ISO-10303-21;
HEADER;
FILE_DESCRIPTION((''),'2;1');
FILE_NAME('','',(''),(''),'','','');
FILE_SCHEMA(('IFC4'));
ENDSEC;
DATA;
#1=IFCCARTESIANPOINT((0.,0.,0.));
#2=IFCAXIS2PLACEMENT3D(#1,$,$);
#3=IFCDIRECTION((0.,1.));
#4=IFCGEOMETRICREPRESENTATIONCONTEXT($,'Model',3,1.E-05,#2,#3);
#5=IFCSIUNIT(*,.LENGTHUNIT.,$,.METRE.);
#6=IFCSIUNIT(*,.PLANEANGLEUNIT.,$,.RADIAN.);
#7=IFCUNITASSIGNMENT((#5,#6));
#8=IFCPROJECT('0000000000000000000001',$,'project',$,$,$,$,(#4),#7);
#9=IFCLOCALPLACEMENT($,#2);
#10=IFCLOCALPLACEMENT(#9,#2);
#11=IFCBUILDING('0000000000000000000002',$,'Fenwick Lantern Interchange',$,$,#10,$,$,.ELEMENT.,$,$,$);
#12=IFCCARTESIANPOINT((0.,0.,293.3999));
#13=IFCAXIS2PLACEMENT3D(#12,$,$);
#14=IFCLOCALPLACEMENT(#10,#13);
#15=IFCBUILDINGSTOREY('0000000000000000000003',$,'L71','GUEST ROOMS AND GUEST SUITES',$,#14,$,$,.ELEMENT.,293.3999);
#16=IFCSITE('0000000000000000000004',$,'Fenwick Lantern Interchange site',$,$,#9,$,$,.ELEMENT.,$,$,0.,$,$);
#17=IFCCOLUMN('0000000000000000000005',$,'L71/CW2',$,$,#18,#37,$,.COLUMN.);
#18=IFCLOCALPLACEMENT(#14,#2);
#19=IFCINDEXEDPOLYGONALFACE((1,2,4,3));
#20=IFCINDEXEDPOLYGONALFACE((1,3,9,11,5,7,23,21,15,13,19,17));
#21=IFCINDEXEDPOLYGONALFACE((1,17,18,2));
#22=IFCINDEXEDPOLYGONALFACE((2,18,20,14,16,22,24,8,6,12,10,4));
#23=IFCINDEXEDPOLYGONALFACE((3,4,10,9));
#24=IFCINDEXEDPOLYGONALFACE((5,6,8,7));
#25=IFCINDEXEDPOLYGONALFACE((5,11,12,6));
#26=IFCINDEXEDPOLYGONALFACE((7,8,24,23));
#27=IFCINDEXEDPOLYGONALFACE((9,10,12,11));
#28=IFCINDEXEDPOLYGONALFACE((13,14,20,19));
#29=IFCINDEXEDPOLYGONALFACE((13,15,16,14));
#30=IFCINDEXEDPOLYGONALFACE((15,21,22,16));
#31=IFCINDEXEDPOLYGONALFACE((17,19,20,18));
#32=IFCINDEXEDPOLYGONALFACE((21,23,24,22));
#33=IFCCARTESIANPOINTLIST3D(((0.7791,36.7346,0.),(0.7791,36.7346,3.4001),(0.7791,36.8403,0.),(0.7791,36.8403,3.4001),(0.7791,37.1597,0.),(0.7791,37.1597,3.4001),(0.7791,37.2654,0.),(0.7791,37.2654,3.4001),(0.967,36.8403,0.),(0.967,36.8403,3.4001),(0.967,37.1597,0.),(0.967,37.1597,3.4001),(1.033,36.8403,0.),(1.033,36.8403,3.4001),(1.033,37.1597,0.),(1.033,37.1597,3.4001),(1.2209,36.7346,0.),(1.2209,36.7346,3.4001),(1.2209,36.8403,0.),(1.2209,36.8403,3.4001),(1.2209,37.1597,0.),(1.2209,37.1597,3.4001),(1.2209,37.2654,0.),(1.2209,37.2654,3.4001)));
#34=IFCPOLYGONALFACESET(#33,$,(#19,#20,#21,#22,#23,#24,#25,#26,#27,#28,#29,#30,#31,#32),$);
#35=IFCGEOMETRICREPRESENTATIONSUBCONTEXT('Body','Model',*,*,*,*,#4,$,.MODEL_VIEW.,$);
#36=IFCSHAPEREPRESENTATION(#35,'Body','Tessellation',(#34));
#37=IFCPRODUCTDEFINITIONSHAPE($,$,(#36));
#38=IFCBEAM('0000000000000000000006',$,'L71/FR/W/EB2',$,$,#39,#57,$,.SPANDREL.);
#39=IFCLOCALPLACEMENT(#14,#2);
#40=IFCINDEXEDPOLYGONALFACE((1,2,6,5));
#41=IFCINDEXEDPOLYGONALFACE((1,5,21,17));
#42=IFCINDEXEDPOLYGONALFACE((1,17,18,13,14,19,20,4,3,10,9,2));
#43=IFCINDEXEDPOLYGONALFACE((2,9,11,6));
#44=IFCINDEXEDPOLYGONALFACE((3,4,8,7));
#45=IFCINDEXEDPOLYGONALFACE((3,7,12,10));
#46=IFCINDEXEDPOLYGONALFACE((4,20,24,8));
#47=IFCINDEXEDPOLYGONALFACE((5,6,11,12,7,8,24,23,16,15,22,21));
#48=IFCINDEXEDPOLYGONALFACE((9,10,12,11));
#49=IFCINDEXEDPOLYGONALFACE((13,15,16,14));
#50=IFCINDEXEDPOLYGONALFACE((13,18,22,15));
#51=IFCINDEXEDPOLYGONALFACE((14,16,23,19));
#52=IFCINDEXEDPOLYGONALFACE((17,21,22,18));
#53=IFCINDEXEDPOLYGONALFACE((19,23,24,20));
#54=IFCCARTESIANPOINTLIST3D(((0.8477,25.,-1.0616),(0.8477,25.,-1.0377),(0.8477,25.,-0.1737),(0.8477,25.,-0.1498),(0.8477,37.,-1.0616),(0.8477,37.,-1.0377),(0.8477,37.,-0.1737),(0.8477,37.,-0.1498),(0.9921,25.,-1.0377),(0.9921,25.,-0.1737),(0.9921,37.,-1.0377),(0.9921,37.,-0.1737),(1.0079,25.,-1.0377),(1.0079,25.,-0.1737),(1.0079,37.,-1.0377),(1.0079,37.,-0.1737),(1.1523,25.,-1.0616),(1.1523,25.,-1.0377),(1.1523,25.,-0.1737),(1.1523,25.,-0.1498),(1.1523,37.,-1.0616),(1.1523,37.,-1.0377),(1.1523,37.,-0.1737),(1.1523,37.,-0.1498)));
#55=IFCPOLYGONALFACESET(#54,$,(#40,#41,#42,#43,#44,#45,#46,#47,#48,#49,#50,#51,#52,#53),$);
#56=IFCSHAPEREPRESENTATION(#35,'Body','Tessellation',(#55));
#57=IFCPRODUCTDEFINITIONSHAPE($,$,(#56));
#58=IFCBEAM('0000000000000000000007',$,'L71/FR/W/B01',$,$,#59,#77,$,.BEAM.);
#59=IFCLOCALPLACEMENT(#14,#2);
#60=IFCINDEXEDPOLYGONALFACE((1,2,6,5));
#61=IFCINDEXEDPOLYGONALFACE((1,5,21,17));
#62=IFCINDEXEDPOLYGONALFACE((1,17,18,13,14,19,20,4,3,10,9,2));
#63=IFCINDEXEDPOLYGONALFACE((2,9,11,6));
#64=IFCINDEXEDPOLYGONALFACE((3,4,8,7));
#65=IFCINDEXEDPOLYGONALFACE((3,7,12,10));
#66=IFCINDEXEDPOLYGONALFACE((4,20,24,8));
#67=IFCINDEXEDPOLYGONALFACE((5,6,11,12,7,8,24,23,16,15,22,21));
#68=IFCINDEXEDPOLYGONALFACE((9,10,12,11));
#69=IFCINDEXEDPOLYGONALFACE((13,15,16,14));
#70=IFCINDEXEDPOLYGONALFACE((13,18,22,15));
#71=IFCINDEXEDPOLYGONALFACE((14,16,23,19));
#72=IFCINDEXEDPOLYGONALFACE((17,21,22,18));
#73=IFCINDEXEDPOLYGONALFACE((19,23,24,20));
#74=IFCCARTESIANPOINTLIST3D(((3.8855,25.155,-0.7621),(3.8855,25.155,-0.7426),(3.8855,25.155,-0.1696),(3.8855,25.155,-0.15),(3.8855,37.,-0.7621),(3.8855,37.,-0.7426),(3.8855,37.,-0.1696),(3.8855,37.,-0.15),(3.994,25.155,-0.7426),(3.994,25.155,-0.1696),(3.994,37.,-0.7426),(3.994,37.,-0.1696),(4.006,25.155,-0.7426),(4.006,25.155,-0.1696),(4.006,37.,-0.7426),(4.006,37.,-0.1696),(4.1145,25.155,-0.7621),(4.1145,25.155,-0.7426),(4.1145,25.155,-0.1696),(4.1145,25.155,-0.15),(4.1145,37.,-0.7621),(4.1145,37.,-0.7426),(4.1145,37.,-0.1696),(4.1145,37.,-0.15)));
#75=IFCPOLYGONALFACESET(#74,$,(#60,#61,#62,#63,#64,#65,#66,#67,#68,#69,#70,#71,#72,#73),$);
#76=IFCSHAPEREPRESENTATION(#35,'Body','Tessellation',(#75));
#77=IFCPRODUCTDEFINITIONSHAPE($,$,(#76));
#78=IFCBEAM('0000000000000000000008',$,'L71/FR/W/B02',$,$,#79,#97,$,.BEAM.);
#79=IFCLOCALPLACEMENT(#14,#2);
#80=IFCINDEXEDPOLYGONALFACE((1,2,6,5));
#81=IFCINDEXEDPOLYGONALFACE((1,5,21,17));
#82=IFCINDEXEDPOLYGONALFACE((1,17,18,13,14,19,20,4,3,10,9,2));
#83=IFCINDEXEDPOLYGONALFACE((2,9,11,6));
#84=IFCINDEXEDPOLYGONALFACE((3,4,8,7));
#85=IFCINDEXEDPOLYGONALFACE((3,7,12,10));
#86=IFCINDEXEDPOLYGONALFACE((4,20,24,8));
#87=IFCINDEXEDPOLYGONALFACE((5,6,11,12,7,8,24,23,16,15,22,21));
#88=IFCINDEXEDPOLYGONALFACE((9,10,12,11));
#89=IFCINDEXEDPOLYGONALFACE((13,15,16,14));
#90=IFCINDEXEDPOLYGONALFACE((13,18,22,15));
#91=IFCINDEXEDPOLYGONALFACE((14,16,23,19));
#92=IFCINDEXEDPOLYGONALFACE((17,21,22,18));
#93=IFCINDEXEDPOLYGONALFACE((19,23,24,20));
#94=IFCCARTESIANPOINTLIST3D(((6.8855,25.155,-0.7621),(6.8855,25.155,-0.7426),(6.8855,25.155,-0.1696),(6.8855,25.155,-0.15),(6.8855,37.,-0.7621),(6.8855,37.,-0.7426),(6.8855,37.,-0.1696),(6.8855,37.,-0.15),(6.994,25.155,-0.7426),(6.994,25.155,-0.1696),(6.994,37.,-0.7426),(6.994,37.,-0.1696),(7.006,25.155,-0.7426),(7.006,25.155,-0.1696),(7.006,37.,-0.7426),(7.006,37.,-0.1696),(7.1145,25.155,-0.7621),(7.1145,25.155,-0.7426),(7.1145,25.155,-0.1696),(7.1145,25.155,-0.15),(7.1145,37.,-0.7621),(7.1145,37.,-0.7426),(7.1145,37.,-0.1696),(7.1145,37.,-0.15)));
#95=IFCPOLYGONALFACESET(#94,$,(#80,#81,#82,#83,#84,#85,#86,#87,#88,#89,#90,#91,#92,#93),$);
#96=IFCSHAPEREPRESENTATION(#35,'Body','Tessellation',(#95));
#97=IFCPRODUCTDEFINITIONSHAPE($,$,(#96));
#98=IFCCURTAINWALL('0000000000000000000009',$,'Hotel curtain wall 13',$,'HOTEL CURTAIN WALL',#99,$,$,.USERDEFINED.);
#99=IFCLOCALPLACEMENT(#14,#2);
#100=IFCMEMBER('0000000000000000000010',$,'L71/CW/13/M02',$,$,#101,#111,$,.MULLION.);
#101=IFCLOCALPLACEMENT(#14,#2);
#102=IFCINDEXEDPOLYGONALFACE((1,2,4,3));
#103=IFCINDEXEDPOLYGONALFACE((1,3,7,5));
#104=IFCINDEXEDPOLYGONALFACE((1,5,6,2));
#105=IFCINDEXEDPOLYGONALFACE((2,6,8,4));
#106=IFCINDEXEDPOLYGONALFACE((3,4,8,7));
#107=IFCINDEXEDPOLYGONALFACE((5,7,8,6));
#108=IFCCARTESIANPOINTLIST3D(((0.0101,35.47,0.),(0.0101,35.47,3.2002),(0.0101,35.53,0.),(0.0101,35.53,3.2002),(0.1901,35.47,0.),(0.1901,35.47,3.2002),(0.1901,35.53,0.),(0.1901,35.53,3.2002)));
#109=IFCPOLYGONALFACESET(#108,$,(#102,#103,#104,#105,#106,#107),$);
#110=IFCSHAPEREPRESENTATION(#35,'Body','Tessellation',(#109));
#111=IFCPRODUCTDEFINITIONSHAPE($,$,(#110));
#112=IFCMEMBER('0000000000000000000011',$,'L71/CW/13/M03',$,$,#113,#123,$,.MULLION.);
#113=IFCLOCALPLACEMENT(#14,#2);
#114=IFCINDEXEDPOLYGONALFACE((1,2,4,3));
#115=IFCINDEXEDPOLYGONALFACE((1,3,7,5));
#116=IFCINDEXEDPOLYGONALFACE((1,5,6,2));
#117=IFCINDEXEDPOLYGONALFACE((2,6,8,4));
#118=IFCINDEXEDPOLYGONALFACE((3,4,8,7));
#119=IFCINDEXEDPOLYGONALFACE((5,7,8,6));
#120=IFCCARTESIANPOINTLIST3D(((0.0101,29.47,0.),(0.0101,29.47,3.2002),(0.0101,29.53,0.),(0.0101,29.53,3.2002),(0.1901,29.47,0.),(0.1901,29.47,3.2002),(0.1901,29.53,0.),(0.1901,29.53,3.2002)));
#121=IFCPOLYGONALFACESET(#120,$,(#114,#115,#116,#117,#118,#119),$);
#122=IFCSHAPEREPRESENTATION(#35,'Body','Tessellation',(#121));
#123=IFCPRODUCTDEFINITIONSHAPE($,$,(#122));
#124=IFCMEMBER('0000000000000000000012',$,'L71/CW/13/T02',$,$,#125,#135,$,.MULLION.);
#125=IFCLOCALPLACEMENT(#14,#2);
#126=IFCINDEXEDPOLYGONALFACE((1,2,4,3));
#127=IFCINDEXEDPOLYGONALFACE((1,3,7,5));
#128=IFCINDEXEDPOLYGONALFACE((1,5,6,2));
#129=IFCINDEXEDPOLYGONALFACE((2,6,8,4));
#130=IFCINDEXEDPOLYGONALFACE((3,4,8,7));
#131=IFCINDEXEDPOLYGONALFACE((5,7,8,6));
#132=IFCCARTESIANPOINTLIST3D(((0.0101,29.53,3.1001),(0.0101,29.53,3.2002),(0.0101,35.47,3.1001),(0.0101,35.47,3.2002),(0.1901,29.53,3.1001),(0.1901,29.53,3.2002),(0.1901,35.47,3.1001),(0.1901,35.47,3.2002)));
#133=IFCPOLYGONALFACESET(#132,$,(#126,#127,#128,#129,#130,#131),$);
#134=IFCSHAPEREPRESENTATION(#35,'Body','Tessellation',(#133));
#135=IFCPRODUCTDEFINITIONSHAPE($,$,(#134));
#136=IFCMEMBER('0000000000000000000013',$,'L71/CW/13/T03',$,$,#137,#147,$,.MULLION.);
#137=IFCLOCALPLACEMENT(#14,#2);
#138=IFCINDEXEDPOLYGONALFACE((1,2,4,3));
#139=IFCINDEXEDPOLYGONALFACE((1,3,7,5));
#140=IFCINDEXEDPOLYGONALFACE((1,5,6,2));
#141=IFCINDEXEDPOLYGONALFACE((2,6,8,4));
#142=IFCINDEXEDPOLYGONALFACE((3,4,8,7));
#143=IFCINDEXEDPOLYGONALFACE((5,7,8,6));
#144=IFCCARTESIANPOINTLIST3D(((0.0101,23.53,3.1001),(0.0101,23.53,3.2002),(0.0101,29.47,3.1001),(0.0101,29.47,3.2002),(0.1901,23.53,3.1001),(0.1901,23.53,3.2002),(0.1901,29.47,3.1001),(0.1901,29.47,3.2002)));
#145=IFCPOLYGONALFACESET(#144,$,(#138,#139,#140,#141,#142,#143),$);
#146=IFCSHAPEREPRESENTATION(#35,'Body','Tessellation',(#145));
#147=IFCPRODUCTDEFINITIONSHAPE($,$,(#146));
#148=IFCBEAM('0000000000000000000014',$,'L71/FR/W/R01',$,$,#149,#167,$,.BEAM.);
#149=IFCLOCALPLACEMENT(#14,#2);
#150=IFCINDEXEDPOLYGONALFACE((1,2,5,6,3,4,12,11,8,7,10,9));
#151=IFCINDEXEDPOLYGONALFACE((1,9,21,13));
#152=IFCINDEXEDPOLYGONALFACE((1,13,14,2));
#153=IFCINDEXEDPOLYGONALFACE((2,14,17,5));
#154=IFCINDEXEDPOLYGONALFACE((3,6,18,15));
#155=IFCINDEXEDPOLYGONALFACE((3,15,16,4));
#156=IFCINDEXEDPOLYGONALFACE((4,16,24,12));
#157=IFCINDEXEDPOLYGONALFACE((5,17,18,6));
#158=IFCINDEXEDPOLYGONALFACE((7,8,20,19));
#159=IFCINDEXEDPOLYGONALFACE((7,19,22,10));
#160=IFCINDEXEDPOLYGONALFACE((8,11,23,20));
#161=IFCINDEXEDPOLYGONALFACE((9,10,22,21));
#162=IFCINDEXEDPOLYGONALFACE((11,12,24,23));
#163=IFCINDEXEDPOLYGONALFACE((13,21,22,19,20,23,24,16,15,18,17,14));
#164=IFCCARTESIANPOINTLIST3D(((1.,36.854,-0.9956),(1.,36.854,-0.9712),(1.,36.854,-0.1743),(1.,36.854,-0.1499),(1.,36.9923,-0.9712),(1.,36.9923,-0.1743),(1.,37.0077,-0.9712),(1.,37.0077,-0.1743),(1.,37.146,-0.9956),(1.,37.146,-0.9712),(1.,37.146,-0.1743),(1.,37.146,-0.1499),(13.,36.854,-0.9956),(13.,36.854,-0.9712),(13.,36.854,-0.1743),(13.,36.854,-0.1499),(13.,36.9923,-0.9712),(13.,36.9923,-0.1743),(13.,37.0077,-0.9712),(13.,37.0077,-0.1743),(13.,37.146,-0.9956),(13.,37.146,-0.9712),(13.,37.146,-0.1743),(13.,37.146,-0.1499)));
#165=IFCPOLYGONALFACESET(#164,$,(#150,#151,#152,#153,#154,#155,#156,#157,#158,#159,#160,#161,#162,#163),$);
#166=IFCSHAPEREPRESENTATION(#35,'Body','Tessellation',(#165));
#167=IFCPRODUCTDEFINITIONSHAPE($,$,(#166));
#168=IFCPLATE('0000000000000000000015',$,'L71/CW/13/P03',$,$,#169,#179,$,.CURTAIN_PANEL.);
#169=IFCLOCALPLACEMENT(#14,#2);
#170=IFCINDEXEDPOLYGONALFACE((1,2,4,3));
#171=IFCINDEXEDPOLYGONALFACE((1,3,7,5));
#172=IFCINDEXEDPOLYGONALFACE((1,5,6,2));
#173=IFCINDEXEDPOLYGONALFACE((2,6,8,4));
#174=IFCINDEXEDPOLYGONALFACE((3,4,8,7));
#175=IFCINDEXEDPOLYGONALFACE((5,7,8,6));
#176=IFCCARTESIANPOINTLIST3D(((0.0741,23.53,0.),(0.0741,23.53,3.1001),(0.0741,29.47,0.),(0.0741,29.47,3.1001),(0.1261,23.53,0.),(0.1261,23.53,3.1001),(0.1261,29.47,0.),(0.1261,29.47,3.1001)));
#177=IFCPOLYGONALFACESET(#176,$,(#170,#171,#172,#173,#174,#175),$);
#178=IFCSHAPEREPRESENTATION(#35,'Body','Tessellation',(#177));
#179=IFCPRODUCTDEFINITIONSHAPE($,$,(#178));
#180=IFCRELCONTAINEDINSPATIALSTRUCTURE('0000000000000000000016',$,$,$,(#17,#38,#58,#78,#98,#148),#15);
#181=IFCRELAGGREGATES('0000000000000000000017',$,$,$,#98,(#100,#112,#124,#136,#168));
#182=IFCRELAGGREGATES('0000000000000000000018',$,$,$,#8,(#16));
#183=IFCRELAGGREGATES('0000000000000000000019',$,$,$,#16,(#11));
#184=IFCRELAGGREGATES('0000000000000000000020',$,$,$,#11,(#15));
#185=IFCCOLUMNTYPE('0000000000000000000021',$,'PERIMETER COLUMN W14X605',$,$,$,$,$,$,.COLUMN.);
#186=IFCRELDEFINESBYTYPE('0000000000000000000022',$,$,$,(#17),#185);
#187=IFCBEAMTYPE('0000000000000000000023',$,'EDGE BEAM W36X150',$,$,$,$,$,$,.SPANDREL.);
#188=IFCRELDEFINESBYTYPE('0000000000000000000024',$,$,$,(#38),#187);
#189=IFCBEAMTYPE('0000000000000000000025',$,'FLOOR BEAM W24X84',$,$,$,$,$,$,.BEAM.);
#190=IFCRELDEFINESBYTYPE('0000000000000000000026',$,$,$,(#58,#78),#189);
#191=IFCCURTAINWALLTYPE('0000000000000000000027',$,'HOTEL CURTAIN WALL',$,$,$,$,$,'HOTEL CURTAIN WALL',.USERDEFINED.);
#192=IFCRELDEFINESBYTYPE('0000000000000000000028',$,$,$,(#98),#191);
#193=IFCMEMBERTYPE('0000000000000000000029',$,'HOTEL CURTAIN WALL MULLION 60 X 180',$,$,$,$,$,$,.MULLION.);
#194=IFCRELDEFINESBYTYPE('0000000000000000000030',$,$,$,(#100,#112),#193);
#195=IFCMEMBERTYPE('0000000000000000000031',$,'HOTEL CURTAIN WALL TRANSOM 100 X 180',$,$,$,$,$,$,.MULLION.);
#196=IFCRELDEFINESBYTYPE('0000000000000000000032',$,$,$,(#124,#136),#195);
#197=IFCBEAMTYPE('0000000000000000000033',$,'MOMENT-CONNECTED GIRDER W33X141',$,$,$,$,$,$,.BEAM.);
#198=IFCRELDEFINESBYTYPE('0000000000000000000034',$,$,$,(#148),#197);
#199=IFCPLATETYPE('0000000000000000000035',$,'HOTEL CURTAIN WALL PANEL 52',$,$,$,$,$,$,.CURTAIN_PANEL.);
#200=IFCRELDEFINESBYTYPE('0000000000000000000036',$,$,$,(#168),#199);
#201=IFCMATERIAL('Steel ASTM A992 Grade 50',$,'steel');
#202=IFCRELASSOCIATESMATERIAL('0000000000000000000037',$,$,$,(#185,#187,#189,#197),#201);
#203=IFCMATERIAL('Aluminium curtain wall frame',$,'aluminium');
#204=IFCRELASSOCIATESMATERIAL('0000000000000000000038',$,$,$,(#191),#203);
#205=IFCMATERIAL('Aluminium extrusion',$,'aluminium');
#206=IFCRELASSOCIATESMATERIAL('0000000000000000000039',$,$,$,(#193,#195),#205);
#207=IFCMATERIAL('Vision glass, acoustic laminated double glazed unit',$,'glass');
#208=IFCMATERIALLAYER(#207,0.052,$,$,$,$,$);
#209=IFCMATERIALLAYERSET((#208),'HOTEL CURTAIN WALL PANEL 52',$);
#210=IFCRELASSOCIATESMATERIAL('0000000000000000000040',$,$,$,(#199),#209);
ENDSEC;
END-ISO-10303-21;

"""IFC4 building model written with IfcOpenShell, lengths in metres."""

from ifc_helpers import new_model, si_unit, direction, frame, origin, origin_2d, place, context, subcontext, project, spatial, rectangle, i_section, extrude, material, layer, layer_set, material_profile, profile_set, type_object, element, aggregate, save


model = new_model("IFC4")

# Units and contexts
model_context = context("Model", 3, precision=1e-05, world=origin(), true_north=direction((0.0, 1.0)))
body_context = subcontext(model_context, "Body", "Model", "MODEL_VIEW")
ifc_project = project(units=[si_unit("LENGTHUNIT", "METRE"), si_unit("PLANEANGLEUNIT", "RADIAN")], contexts=[model_context])

# Site, building, storey
site_placement = place(None, origin())
site = spatial("IfcSite", under=ifc_project, at=site_placement, Name="Fenwick Lantern Interchange site", CompositionType="ELEMENT", RefElevation=0.0)
building_placement = place(site_placement, origin())
building = spatial("IfcBuilding", under=site, at=building_placement, Name="Fenwick Lantern Interchange", CompositionType="ELEMENT")
storey_placement = place(building_placement, frame((0.0, 0.0, 293.3999)))
storey = spatial("IfcBuildingStorey", under=building, at=storey_placement, Name="L71", Description="GUEST ROOMS AND GUEST SUITES", CompositionType="ELEMENT", Elevation=293.3999)

# Column
ifc_material_1 = material(Name="Steel ASTM A992 Grade 50", Category="steel")
ifc_material_profile_1 = material_profile(ifc_material_1, i_section(OverallWidth=0.4419, OverallDepth=0.5308, WebThickness=0.0659, FlangeThickness=0.1057, at=origin_2d()), Name="W14X605")
ifc_profile_set_1 = profile_set([ifc_material_profile_1], Name="Steel ASTM A992 Grade 50")
column_type = type_object("IfcColumnType", Name="PERIMETER COLUMN W14X605", PredefinedType="COLUMN", material=ifc_profile_set_1)
column_placement = place(storey_placement, frame((1.0, 37.0, 0.0), z_axis=(0.0, 0.0, 1.0), x_axis=(1.0, 0.0, 0.0)))
element("IfcColumn", 1, at=column_placement, inside=storey, type_object=column_type, Name="L71/CW2", PredefinedType="COLUMN", context=body_context, shape_type="SweptSolid", body=[
    extrude(i_section(OverallWidth=0.4419, OverallDepth=0.5308, WebThickness=0.0659, FlangeThickness=0.1057, at=origin_2d()), origin(), (0.0, 0.0, 1.0), 3.4001),
])

# Beams
ifc_material_profile_2 = material_profile(ifc_material_1, i_section(OverallWidth=0.3047, OverallDepth=0.9119, WebThickness=0.0159, FlangeThickness=0.0239, at=origin_2d()), Name="W36X150")
ifc_profile_set_2 = profile_set([ifc_material_profile_2], Name="Steel ASTM A992 Grade 50")
beam_type_1 = type_object("IfcBeamType", Name="EDGE BEAM W36X150", PredefinedType="SPANDREL", material=ifc_profile_set_2)
beam_1_placement = place(storey_placement, frame((1.0, 37.0, -0.6057), z_axis=(0.0, -1.0, 0.0), x_axis=(1.0, 0.0, 0.0)))
element("IfcBeam", 2, at=beam_1_placement, inside=storey, type_object=beam_type_1, Name="L71/FR/W/EB2", PredefinedType="SPANDREL", context=body_context, shape_type="SweptSolid", body=[
    extrude(i_section(OverallWidth=0.3047, OverallDepth=0.9119, WebThickness=0.0159, FlangeThickness=0.0239, at=origin_2d()), origin(), (0.0, 0.0, 1.0), 12.0),
])
ifc_material_profile_3 = material_profile(ifc_material_1, i_section(OverallWidth=0.229, OverallDepth=0.6121, WebThickness=0.012, FlangeThickness=0.0195, at=origin_2d()), Name="W24X84")
ifc_profile_set_3 = profile_set([ifc_material_profile_3], Name="Steel ASTM A992 Grade 50")
beam_type_2 = type_object("IfcBeamType", Name="FLOOR BEAM W24X84", PredefinedType="BEAM", material=ifc_profile_set_3)
for number, where, z_axis, x_axis, name in (
    (3, (4.0, 37.0, -0.4561), (0.0, -1.0, 0.0), (1.0, 0.0, 0.0), "L71/FR/W/B01"),
    (4, (7.0, 37.0, -0.4561), (0.0, -1.0, 0.0), (1.0, 0.0, 0.0), "L71/FR/W/B02"),
):
    element("IfcBeam", number, at=place(storey_placement, frame(where, z_axis=z_axis, x_axis=x_axis)), inside=storey, type_object=beam_type_2, Name=name, PredefinedType="BEAM", context=body_context, shape_type="SweptSolid", body=[
        extrude(i_section(OverallWidth=0.229, OverallDepth=0.6121, WebThickness=0.012, FlangeThickness=0.0195, at=origin_2d()), origin(), (0.0, 0.0, 1.0), 11.845),
    ])

# Curtain wall, members
ifc_material_2 = material(Name="Aluminium curtain wall frame", Category="aluminium")
curtain_wall_type = type_object("IfcCurtainWallType", Name="HOTEL CURTAIN WALL", ElementType="HOTEL CURTAIN WALL", PredefinedType="USERDEFINED", material=ifc_material_2)
curtain_wall_placement = place(storey_placement, origin())
curtain_wall = element("IfcCurtainWall", 5, at=curtain_wall_placement, inside=storey, type_object=curtain_wall_type, Name="Hotel curtain wall 13", ObjectType="HOTEL CURTAIN WALL", PredefinedType="USERDEFINED")
ifc_material_3 = material(Name="Aluminium extrusion", Category="aluminium")
ifc_material_profile_4 = material_profile(ifc_material_3, rectangle(XDim=0.1799, YDim=0.0601, at=origin_2d()), Name="HOTEL CURTAIN WALL MULLION 60 X 180")
ifc_profile_set_4 = profile_set([ifc_material_profile_4], Name="Aluminium extrusion")
member_type_1 = type_object("IfcMemberType", Name="HOTEL CURTAIN WALL MULLION 60 X 180", PredefinedType="MULLION", material=ifc_profile_set_4)
member_1_placement = place(storey_placement, frame((0.1001, 35.5, 0.0), z_axis=(0.0, 0.0, 1.0), x_axis=(1.0, 0.0, 0.0)))
member_1 = element("IfcMember", 6, at=member_1_placement, type_object=member_type_1, Name="L71/CW/13/M02", PredefinedType="MULLION", context=body_context, shape_type="SweptSolid", body=[
    extrude(rectangle(XDim=0.1799, YDim=0.0601, at=origin_2d()), origin(), (0.0, 0.0, 1.0), 3.2002),
])
member_2_placement = place(storey_placement, frame((0.1001, 29.5, 0.0), z_axis=(0.0, 0.0, 1.0), x_axis=(1.0, 0.0, 0.0)))
member_2 = element("IfcMember", 7, at=member_2_placement, type_object=member_type_1, Name="L71/CW/13/M03", PredefinedType="MULLION", context=body_context, shape_type="SweptSolid", body=[
    extrude(rectangle(XDim=0.1799, YDim=0.0601, at=origin_2d()), origin(), (0.0, 0.0, 1.0), 3.2002),
])
ifc_material_profile_5 = material_profile(ifc_material_3, rectangle(XDim=0.1799, YDim=0.1001, at=origin_2d()), Name="HOTEL CURTAIN WALL TRANSOM 100 X 180")
ifc_profile_set_5 = profile_set([ifc_material_profile_5], Name="Aluminium extrusion")
member_type_2 = type_object("IfcMemberType", Name="HOTEL CURTAIN WALL TRANSOM 100 X 180", PredefinedType="MULLION", material=ifc_profile_set_5)
member_3_placement = place(storey_placement, frame((0.1001, 35.47, 3.1501), z_axis=(0.0, -1.0, 0.0), x_axis=(1.0, 0.0, 0.0)))
member_3 = element("IfcMember", 8, at=member_3_placement, type_object=member_type_2, Name="L71/CW/13/T02", PredefinedType="MULLION", context=body_context, shape_type="SweptSolid", body=[
    extrude(rectangle(XDim=0.1799, YDim=0.1001, at=origin_2d()), origin(), (0.0, 0.0, 1.0), 5.9399),
])
member_4_placement = place(storey_placement, frame((0.1001, 29.47, 3.1501), z_axis=(0.0, -1.0, 0.0), x_axis=(1.0, 0.0, 0.0)))
member_4 = element("IfcMember", 9, at=member_4_placement, type_object=member_type_2, Name="L71/CW/13/T03", PredefinedType="MULLION", context=body_context, shape_type="SweptSolid", body=[
    extrude(rectangle(XDim=0.1799, YDim=0.1001, at=origin_2d()), origin(), (0.0, 0.0, 1.0), 5.9399),
])

# Beam
ifc_material_profile_6 = material_profile(ifc_material_1, i_section(OverallWidth=0.292, OverallDepth=0.8457, WebThickness=0.0154, FlangeThickness=0.0244, at=origin_2d()), Name="W33X141")
ifc_profile_set_6 = profile_set([ifc_material_profile_6], Name="Steel ASTM A992 Grade 50")
beam_type_3 = type_object("IfcBeamType", Name="MOMENT-CONNECTED GIRDER W33X141", PredefinedType="BEAM", material=ifc_profile_set_6)
beam_2_placement = place(storey_placement, frame((1.0, 37.0, -0.5728), z_axis=(1.0, 0.0, 0.0), x_axis=(0.0, 1.0, 0.0)))
element("IfcBeam", 10, at=beam_2_placement, inside=storey, type_object=beam_type_3, Name="L71/FR/W/R01", PredefinedType="BEAM", context=body_context, shape_type="SweptSolid", body=[
    extrude(i_section(OverallWidth=0.292, OverallDepth=0.8457, WebThickness=0.0154, FlangeThickness=0.0244, at=origin_2d()), origin(), (0.0, 0.0, 1.0), 12.0),
])

# Plate
ifc_material_4 = material(Name="Vision glass, acoustic laminated double glazed unit", Category="glass")
ifc_layer_1 = layer(ifc_material_4, 0.052)
ifc_layer_set_1 = layer_set([ifc_layer_1], Name="HOTEL CURTAIN WALL PANEL 52")
plate_type = type_object("IfcPlateType", Name="HOTEL CURTAIN WALL PANEL 52", PredefinedType="CURTAIN_PANEL", material=ifc_layer_set_1)
plate_placement = place(storey_placement, frame((0.1001, 26.5, 0.0), z_axis=(0.0, 0.0, 1.0), x_axis=(0.0, -1.0, 0.0)))
plate = element("IfcPlate", 11, at=plate_placement, type_object=plate_type, Name="L71/CW/13/P03", PredefinedType="CURTAIN_PANEL", context=body_context, shape_type="SweptSolid", body=[
    extrude(rectangle(XDim=5.9399, YDim=0.052, at=origin_2d()), origin(), (0.0, 0.0, 1.0), 3.1001),
])
aggregate(curtain_wall, [member_1, member_2, member_3, member_4, plate])

save(model, "model.ifc")
